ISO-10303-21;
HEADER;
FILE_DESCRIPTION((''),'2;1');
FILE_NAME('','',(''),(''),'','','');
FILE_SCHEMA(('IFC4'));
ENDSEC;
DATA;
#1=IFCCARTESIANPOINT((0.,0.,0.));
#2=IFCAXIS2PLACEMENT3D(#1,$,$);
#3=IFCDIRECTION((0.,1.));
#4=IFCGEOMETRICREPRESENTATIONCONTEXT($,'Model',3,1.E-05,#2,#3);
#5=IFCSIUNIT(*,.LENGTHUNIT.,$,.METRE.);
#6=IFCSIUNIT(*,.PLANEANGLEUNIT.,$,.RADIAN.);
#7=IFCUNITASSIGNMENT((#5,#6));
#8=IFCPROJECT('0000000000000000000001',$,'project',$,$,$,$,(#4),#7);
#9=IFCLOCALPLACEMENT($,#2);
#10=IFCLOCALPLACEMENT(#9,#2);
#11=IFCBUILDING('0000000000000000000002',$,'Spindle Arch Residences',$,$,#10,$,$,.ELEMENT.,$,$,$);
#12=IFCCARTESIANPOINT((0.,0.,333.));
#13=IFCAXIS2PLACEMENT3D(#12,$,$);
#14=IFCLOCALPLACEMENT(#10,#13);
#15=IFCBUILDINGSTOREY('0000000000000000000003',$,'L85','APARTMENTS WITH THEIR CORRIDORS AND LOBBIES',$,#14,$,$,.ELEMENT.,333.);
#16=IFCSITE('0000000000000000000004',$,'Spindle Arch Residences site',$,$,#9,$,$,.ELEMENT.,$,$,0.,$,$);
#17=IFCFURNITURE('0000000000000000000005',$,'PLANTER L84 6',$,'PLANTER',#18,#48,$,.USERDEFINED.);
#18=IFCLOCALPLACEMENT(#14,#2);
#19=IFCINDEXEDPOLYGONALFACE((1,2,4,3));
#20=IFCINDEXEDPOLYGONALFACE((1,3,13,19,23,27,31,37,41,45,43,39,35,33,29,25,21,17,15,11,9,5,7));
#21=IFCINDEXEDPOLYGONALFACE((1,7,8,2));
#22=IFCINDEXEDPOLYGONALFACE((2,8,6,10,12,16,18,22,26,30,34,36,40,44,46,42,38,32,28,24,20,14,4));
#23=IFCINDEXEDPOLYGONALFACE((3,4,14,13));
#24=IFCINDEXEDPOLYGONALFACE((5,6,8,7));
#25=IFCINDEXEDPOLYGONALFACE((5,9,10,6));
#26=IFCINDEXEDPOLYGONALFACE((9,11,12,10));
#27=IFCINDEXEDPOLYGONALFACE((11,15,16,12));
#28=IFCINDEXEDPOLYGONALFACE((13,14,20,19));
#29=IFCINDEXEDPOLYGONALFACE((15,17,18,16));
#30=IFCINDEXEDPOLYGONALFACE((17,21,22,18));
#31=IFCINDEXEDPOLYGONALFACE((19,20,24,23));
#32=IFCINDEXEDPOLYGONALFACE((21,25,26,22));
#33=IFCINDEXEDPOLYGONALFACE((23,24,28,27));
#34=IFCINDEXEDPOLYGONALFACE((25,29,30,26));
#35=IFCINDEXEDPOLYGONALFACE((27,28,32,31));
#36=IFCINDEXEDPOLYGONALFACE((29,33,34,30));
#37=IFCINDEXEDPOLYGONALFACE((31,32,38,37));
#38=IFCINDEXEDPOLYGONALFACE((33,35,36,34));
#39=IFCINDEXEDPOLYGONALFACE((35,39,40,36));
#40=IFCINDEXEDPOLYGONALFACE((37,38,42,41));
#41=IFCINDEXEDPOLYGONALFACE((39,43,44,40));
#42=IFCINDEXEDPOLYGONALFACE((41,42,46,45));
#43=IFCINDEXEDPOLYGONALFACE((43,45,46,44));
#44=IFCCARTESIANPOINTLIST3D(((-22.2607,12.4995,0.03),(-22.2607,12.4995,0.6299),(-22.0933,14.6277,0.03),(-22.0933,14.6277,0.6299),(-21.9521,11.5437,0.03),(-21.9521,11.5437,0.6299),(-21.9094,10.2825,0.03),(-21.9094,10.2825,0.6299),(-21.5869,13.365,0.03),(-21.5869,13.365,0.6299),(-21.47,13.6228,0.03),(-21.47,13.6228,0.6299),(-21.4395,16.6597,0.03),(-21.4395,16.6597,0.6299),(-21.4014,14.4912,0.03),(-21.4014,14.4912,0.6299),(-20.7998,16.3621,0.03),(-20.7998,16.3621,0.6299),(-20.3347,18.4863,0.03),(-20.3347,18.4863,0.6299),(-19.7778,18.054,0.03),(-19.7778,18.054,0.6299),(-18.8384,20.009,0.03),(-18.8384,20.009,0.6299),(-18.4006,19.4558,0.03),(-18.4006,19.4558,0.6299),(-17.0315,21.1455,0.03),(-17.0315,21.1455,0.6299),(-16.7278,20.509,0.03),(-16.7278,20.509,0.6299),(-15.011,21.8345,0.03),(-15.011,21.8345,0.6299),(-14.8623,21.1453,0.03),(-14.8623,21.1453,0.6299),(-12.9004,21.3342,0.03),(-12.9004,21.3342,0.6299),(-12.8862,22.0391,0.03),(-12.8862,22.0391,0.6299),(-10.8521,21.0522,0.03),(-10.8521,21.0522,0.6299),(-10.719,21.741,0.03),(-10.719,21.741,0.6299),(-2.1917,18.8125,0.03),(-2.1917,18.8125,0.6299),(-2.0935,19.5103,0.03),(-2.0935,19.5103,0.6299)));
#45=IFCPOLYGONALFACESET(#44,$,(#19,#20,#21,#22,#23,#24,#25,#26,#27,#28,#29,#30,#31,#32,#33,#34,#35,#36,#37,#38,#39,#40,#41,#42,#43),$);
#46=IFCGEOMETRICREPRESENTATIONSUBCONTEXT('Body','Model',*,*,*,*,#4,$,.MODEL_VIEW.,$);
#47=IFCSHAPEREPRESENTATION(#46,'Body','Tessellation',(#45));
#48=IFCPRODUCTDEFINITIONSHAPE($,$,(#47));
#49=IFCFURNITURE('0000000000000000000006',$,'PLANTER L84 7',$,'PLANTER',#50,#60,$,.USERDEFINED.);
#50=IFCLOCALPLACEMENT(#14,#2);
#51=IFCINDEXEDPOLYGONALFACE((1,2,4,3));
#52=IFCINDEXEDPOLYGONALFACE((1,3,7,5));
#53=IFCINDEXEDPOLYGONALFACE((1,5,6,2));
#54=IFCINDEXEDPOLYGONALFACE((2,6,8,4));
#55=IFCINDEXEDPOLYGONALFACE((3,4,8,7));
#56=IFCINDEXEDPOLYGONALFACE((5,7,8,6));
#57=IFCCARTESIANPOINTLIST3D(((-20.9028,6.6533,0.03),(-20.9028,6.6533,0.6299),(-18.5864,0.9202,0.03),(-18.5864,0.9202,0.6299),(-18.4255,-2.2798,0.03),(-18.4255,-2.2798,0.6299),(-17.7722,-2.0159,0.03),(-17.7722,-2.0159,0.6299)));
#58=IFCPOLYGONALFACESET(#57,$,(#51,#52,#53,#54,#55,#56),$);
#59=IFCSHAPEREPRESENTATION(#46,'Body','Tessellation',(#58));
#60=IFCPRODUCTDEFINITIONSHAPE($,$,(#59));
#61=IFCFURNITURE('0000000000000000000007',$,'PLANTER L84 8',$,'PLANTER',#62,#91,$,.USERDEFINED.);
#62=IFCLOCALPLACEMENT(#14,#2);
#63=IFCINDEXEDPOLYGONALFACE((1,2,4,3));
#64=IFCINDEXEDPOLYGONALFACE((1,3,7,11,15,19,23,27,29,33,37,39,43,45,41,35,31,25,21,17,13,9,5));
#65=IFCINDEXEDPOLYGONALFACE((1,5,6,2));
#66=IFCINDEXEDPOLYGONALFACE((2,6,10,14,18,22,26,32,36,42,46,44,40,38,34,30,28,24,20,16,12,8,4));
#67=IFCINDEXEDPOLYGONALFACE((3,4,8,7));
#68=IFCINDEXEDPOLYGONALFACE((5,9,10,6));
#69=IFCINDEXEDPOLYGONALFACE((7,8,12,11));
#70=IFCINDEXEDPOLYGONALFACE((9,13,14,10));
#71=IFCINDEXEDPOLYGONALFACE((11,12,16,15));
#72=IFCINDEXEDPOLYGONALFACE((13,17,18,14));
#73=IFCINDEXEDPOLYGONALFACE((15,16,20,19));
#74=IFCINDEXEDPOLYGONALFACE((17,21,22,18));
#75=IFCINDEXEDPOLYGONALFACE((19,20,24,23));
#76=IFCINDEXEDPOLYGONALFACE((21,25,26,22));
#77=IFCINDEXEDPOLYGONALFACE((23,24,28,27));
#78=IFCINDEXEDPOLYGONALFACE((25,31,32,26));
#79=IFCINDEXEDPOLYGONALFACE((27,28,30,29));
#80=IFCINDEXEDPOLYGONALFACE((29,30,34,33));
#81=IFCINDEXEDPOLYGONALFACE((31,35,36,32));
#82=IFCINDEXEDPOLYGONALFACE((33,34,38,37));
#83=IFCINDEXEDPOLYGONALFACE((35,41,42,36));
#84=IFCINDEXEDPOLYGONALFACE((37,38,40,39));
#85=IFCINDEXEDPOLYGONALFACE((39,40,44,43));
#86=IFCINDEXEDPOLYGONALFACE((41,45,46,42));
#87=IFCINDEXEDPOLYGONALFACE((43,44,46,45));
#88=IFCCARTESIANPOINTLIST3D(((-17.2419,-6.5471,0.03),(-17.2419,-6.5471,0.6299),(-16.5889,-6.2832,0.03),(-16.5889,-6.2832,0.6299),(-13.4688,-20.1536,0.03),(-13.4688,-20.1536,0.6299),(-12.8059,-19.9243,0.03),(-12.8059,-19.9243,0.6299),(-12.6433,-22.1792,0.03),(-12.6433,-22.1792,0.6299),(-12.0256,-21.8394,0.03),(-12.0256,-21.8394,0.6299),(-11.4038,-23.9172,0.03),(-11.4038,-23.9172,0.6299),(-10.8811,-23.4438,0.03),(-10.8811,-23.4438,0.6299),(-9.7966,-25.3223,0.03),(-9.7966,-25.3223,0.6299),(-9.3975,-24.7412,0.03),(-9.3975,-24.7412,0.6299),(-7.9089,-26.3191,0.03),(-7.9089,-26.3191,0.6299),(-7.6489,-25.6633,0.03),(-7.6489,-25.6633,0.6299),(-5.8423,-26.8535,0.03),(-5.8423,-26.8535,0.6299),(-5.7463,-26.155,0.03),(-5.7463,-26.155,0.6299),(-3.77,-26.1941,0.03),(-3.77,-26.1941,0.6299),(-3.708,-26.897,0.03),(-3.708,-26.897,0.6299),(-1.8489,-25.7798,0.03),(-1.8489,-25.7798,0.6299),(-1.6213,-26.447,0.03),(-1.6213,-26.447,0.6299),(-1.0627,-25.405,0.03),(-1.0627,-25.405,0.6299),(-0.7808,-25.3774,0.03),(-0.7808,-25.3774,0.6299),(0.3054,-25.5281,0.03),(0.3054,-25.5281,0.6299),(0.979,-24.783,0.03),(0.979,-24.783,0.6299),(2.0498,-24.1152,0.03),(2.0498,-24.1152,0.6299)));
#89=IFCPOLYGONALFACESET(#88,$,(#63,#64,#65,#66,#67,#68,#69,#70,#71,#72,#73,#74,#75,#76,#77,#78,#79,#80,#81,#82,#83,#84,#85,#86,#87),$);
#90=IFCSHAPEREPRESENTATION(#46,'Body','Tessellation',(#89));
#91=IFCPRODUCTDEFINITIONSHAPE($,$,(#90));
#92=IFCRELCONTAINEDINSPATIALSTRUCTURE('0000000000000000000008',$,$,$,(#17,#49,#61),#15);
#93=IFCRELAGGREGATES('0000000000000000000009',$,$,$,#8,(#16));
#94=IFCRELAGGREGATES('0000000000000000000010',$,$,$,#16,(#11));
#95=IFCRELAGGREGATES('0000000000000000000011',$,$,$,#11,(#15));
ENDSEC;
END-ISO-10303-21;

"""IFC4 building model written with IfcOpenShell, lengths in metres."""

from ifc_helpers import new_model, si_unit, direction, frame, origin, place, context, subcontext, project, spatial, polyline, outline, extrude, element, save


model = new_model("IFC4")

# Units and contexts
model_context = context("Model", 3, precision=1e-05, world=origin(), true_north=direction((0.0, 1.0)))
body_context = subcontext(model_context, "Body", "Model", "MODEL_VIEW")
ifc_project = project(units=[si_unit("LENGTHUNIT", "METRE"), si_unit("PLANEANGLEUNIT", "RADIAN")], contexts=[model_context])

# Site, building, storey
site_placement = place(None, origin())
site = spatial("IfcSite", under=ifc_project, at=site_placement, Name="Spindle Arch Residences site", CompositionType="ELEMENT", RefElevation=0.0)
building_placement = place(site_placement, origin())
building = spatial("IfcBuilding", under=site, at=building_placement, Name="Spindle Arch Residences", CompositionType="ELEMENT")
storey_placement = place(building_placement, frame((0.0, 0.0, 333.0)))
storey = spatial("IfcBuildingStorey", under=building, at=storey_placement, Name="L85", Description="APARTMENTS WITH THEIR CORRIDORS AND LOBBIES", CompositionType="ELEMENT", Elevation=333.0)

# Furniture
furniture_1_placement = place(storey_placement, frame((0.0, 0.0, 0.03)))
element("IfcFurniture", 1, at=furniture_1_placement, inside=storey, Name="PLANTER L84 6", ObjectType="PLANTER", PredefinedType="USERDEFINED", context=body_context, shape_type="SweptSolid", body=[
    extrude(outline(polyline([(-10.8521, 21.0522), (-12.9004, 21.3342), (-14.8623, 21.1453), (-16.7278, 20.509), (-18.4006, 19.4558), (-19.7778, 18.054), (-20.7998, 16.3621), (-21.4014, 14.4912), (-21.47, 13.6228), (-21.5869, 13.365), (-21.9521, 11.5437), (-21.9094, 10.2825), (-22.2607, 12.4995), (-22.0933, 14.6277), (-21.4395, 16.6597), (-20.3347, 18.4863), (-18.8384, 20.009), (-17.0315, 21.1455), (-15.011, 21.8345), (-12.8862, 22.0391), (-10.719, 21.741), (-2.0935, 19.5103), (-2.1917, 18.8125), (-10.8521, 21.0522)])), origin(), (0.0, 0.0, 1.0), 0.5999),
])
furniture_2_placement = place(storey_placement, frame((0.0, 0.0, 0.03)))
element("IfcFurniture", 2, at=furniture_2_placement, inside=storey, Name="PLANTER L84 7", ObjectType="PLANTER", PredefinedType="USERDEFINED", context=body_context, shape_type="SweptSolid", body=[
    extrude(outline(polyline([(-17.7722, -2.0159), (-18.4255, -2.2798), (-20.9028, 6.6533), (-18.5864, 0.9202), (-17.7722, -2.0159)])), origin(), (0.0, 0.0, 1.0), 0.5999),
])
furniture_3_placement = place(storey_placement, frame((0.0, 0.0, 0.03)))
element("IfcFurniture", 3, at=furniture_3_placement, inside=storey, Name="PLANTER L84 8", ObjectType="PLANTER", PredefinedType="USERDEFINED", context=body_context, shape_type="SweptSolid", body=[
    extrude(outline(polyline([(-12.8059, -19.9243), (-12.0256, -21.8394), (-10.8811, -23.4438), (-9.3975, -24.7412), (-7.6489, -25.6633), (-5.7463, -26.155), (-3.77, -26.1941), (-1.8489, -25.7798), (-1.0627, -25.405), (-0.7808, -25.3774), (0.979, -24.783), (2.0498, -24.1152), (0.3054, -25.5281), (-1.6213, -26.447), (-3.708, -26.897), (-5.8423, -26.8535), (-7.9089, -26.3191), (-9.7966, -25.3223), (-11.4038, -23.9172), (-12.6433, -22.1792), (-13.4688, -20.1536), (-17.2419, -6.5471), (-16.5889, -6.2832), (-12.8059, -19.9243)])), origin(), (0.0, 0.0, 1.0), 0.5999),
])

save(model, "model.ifc")
